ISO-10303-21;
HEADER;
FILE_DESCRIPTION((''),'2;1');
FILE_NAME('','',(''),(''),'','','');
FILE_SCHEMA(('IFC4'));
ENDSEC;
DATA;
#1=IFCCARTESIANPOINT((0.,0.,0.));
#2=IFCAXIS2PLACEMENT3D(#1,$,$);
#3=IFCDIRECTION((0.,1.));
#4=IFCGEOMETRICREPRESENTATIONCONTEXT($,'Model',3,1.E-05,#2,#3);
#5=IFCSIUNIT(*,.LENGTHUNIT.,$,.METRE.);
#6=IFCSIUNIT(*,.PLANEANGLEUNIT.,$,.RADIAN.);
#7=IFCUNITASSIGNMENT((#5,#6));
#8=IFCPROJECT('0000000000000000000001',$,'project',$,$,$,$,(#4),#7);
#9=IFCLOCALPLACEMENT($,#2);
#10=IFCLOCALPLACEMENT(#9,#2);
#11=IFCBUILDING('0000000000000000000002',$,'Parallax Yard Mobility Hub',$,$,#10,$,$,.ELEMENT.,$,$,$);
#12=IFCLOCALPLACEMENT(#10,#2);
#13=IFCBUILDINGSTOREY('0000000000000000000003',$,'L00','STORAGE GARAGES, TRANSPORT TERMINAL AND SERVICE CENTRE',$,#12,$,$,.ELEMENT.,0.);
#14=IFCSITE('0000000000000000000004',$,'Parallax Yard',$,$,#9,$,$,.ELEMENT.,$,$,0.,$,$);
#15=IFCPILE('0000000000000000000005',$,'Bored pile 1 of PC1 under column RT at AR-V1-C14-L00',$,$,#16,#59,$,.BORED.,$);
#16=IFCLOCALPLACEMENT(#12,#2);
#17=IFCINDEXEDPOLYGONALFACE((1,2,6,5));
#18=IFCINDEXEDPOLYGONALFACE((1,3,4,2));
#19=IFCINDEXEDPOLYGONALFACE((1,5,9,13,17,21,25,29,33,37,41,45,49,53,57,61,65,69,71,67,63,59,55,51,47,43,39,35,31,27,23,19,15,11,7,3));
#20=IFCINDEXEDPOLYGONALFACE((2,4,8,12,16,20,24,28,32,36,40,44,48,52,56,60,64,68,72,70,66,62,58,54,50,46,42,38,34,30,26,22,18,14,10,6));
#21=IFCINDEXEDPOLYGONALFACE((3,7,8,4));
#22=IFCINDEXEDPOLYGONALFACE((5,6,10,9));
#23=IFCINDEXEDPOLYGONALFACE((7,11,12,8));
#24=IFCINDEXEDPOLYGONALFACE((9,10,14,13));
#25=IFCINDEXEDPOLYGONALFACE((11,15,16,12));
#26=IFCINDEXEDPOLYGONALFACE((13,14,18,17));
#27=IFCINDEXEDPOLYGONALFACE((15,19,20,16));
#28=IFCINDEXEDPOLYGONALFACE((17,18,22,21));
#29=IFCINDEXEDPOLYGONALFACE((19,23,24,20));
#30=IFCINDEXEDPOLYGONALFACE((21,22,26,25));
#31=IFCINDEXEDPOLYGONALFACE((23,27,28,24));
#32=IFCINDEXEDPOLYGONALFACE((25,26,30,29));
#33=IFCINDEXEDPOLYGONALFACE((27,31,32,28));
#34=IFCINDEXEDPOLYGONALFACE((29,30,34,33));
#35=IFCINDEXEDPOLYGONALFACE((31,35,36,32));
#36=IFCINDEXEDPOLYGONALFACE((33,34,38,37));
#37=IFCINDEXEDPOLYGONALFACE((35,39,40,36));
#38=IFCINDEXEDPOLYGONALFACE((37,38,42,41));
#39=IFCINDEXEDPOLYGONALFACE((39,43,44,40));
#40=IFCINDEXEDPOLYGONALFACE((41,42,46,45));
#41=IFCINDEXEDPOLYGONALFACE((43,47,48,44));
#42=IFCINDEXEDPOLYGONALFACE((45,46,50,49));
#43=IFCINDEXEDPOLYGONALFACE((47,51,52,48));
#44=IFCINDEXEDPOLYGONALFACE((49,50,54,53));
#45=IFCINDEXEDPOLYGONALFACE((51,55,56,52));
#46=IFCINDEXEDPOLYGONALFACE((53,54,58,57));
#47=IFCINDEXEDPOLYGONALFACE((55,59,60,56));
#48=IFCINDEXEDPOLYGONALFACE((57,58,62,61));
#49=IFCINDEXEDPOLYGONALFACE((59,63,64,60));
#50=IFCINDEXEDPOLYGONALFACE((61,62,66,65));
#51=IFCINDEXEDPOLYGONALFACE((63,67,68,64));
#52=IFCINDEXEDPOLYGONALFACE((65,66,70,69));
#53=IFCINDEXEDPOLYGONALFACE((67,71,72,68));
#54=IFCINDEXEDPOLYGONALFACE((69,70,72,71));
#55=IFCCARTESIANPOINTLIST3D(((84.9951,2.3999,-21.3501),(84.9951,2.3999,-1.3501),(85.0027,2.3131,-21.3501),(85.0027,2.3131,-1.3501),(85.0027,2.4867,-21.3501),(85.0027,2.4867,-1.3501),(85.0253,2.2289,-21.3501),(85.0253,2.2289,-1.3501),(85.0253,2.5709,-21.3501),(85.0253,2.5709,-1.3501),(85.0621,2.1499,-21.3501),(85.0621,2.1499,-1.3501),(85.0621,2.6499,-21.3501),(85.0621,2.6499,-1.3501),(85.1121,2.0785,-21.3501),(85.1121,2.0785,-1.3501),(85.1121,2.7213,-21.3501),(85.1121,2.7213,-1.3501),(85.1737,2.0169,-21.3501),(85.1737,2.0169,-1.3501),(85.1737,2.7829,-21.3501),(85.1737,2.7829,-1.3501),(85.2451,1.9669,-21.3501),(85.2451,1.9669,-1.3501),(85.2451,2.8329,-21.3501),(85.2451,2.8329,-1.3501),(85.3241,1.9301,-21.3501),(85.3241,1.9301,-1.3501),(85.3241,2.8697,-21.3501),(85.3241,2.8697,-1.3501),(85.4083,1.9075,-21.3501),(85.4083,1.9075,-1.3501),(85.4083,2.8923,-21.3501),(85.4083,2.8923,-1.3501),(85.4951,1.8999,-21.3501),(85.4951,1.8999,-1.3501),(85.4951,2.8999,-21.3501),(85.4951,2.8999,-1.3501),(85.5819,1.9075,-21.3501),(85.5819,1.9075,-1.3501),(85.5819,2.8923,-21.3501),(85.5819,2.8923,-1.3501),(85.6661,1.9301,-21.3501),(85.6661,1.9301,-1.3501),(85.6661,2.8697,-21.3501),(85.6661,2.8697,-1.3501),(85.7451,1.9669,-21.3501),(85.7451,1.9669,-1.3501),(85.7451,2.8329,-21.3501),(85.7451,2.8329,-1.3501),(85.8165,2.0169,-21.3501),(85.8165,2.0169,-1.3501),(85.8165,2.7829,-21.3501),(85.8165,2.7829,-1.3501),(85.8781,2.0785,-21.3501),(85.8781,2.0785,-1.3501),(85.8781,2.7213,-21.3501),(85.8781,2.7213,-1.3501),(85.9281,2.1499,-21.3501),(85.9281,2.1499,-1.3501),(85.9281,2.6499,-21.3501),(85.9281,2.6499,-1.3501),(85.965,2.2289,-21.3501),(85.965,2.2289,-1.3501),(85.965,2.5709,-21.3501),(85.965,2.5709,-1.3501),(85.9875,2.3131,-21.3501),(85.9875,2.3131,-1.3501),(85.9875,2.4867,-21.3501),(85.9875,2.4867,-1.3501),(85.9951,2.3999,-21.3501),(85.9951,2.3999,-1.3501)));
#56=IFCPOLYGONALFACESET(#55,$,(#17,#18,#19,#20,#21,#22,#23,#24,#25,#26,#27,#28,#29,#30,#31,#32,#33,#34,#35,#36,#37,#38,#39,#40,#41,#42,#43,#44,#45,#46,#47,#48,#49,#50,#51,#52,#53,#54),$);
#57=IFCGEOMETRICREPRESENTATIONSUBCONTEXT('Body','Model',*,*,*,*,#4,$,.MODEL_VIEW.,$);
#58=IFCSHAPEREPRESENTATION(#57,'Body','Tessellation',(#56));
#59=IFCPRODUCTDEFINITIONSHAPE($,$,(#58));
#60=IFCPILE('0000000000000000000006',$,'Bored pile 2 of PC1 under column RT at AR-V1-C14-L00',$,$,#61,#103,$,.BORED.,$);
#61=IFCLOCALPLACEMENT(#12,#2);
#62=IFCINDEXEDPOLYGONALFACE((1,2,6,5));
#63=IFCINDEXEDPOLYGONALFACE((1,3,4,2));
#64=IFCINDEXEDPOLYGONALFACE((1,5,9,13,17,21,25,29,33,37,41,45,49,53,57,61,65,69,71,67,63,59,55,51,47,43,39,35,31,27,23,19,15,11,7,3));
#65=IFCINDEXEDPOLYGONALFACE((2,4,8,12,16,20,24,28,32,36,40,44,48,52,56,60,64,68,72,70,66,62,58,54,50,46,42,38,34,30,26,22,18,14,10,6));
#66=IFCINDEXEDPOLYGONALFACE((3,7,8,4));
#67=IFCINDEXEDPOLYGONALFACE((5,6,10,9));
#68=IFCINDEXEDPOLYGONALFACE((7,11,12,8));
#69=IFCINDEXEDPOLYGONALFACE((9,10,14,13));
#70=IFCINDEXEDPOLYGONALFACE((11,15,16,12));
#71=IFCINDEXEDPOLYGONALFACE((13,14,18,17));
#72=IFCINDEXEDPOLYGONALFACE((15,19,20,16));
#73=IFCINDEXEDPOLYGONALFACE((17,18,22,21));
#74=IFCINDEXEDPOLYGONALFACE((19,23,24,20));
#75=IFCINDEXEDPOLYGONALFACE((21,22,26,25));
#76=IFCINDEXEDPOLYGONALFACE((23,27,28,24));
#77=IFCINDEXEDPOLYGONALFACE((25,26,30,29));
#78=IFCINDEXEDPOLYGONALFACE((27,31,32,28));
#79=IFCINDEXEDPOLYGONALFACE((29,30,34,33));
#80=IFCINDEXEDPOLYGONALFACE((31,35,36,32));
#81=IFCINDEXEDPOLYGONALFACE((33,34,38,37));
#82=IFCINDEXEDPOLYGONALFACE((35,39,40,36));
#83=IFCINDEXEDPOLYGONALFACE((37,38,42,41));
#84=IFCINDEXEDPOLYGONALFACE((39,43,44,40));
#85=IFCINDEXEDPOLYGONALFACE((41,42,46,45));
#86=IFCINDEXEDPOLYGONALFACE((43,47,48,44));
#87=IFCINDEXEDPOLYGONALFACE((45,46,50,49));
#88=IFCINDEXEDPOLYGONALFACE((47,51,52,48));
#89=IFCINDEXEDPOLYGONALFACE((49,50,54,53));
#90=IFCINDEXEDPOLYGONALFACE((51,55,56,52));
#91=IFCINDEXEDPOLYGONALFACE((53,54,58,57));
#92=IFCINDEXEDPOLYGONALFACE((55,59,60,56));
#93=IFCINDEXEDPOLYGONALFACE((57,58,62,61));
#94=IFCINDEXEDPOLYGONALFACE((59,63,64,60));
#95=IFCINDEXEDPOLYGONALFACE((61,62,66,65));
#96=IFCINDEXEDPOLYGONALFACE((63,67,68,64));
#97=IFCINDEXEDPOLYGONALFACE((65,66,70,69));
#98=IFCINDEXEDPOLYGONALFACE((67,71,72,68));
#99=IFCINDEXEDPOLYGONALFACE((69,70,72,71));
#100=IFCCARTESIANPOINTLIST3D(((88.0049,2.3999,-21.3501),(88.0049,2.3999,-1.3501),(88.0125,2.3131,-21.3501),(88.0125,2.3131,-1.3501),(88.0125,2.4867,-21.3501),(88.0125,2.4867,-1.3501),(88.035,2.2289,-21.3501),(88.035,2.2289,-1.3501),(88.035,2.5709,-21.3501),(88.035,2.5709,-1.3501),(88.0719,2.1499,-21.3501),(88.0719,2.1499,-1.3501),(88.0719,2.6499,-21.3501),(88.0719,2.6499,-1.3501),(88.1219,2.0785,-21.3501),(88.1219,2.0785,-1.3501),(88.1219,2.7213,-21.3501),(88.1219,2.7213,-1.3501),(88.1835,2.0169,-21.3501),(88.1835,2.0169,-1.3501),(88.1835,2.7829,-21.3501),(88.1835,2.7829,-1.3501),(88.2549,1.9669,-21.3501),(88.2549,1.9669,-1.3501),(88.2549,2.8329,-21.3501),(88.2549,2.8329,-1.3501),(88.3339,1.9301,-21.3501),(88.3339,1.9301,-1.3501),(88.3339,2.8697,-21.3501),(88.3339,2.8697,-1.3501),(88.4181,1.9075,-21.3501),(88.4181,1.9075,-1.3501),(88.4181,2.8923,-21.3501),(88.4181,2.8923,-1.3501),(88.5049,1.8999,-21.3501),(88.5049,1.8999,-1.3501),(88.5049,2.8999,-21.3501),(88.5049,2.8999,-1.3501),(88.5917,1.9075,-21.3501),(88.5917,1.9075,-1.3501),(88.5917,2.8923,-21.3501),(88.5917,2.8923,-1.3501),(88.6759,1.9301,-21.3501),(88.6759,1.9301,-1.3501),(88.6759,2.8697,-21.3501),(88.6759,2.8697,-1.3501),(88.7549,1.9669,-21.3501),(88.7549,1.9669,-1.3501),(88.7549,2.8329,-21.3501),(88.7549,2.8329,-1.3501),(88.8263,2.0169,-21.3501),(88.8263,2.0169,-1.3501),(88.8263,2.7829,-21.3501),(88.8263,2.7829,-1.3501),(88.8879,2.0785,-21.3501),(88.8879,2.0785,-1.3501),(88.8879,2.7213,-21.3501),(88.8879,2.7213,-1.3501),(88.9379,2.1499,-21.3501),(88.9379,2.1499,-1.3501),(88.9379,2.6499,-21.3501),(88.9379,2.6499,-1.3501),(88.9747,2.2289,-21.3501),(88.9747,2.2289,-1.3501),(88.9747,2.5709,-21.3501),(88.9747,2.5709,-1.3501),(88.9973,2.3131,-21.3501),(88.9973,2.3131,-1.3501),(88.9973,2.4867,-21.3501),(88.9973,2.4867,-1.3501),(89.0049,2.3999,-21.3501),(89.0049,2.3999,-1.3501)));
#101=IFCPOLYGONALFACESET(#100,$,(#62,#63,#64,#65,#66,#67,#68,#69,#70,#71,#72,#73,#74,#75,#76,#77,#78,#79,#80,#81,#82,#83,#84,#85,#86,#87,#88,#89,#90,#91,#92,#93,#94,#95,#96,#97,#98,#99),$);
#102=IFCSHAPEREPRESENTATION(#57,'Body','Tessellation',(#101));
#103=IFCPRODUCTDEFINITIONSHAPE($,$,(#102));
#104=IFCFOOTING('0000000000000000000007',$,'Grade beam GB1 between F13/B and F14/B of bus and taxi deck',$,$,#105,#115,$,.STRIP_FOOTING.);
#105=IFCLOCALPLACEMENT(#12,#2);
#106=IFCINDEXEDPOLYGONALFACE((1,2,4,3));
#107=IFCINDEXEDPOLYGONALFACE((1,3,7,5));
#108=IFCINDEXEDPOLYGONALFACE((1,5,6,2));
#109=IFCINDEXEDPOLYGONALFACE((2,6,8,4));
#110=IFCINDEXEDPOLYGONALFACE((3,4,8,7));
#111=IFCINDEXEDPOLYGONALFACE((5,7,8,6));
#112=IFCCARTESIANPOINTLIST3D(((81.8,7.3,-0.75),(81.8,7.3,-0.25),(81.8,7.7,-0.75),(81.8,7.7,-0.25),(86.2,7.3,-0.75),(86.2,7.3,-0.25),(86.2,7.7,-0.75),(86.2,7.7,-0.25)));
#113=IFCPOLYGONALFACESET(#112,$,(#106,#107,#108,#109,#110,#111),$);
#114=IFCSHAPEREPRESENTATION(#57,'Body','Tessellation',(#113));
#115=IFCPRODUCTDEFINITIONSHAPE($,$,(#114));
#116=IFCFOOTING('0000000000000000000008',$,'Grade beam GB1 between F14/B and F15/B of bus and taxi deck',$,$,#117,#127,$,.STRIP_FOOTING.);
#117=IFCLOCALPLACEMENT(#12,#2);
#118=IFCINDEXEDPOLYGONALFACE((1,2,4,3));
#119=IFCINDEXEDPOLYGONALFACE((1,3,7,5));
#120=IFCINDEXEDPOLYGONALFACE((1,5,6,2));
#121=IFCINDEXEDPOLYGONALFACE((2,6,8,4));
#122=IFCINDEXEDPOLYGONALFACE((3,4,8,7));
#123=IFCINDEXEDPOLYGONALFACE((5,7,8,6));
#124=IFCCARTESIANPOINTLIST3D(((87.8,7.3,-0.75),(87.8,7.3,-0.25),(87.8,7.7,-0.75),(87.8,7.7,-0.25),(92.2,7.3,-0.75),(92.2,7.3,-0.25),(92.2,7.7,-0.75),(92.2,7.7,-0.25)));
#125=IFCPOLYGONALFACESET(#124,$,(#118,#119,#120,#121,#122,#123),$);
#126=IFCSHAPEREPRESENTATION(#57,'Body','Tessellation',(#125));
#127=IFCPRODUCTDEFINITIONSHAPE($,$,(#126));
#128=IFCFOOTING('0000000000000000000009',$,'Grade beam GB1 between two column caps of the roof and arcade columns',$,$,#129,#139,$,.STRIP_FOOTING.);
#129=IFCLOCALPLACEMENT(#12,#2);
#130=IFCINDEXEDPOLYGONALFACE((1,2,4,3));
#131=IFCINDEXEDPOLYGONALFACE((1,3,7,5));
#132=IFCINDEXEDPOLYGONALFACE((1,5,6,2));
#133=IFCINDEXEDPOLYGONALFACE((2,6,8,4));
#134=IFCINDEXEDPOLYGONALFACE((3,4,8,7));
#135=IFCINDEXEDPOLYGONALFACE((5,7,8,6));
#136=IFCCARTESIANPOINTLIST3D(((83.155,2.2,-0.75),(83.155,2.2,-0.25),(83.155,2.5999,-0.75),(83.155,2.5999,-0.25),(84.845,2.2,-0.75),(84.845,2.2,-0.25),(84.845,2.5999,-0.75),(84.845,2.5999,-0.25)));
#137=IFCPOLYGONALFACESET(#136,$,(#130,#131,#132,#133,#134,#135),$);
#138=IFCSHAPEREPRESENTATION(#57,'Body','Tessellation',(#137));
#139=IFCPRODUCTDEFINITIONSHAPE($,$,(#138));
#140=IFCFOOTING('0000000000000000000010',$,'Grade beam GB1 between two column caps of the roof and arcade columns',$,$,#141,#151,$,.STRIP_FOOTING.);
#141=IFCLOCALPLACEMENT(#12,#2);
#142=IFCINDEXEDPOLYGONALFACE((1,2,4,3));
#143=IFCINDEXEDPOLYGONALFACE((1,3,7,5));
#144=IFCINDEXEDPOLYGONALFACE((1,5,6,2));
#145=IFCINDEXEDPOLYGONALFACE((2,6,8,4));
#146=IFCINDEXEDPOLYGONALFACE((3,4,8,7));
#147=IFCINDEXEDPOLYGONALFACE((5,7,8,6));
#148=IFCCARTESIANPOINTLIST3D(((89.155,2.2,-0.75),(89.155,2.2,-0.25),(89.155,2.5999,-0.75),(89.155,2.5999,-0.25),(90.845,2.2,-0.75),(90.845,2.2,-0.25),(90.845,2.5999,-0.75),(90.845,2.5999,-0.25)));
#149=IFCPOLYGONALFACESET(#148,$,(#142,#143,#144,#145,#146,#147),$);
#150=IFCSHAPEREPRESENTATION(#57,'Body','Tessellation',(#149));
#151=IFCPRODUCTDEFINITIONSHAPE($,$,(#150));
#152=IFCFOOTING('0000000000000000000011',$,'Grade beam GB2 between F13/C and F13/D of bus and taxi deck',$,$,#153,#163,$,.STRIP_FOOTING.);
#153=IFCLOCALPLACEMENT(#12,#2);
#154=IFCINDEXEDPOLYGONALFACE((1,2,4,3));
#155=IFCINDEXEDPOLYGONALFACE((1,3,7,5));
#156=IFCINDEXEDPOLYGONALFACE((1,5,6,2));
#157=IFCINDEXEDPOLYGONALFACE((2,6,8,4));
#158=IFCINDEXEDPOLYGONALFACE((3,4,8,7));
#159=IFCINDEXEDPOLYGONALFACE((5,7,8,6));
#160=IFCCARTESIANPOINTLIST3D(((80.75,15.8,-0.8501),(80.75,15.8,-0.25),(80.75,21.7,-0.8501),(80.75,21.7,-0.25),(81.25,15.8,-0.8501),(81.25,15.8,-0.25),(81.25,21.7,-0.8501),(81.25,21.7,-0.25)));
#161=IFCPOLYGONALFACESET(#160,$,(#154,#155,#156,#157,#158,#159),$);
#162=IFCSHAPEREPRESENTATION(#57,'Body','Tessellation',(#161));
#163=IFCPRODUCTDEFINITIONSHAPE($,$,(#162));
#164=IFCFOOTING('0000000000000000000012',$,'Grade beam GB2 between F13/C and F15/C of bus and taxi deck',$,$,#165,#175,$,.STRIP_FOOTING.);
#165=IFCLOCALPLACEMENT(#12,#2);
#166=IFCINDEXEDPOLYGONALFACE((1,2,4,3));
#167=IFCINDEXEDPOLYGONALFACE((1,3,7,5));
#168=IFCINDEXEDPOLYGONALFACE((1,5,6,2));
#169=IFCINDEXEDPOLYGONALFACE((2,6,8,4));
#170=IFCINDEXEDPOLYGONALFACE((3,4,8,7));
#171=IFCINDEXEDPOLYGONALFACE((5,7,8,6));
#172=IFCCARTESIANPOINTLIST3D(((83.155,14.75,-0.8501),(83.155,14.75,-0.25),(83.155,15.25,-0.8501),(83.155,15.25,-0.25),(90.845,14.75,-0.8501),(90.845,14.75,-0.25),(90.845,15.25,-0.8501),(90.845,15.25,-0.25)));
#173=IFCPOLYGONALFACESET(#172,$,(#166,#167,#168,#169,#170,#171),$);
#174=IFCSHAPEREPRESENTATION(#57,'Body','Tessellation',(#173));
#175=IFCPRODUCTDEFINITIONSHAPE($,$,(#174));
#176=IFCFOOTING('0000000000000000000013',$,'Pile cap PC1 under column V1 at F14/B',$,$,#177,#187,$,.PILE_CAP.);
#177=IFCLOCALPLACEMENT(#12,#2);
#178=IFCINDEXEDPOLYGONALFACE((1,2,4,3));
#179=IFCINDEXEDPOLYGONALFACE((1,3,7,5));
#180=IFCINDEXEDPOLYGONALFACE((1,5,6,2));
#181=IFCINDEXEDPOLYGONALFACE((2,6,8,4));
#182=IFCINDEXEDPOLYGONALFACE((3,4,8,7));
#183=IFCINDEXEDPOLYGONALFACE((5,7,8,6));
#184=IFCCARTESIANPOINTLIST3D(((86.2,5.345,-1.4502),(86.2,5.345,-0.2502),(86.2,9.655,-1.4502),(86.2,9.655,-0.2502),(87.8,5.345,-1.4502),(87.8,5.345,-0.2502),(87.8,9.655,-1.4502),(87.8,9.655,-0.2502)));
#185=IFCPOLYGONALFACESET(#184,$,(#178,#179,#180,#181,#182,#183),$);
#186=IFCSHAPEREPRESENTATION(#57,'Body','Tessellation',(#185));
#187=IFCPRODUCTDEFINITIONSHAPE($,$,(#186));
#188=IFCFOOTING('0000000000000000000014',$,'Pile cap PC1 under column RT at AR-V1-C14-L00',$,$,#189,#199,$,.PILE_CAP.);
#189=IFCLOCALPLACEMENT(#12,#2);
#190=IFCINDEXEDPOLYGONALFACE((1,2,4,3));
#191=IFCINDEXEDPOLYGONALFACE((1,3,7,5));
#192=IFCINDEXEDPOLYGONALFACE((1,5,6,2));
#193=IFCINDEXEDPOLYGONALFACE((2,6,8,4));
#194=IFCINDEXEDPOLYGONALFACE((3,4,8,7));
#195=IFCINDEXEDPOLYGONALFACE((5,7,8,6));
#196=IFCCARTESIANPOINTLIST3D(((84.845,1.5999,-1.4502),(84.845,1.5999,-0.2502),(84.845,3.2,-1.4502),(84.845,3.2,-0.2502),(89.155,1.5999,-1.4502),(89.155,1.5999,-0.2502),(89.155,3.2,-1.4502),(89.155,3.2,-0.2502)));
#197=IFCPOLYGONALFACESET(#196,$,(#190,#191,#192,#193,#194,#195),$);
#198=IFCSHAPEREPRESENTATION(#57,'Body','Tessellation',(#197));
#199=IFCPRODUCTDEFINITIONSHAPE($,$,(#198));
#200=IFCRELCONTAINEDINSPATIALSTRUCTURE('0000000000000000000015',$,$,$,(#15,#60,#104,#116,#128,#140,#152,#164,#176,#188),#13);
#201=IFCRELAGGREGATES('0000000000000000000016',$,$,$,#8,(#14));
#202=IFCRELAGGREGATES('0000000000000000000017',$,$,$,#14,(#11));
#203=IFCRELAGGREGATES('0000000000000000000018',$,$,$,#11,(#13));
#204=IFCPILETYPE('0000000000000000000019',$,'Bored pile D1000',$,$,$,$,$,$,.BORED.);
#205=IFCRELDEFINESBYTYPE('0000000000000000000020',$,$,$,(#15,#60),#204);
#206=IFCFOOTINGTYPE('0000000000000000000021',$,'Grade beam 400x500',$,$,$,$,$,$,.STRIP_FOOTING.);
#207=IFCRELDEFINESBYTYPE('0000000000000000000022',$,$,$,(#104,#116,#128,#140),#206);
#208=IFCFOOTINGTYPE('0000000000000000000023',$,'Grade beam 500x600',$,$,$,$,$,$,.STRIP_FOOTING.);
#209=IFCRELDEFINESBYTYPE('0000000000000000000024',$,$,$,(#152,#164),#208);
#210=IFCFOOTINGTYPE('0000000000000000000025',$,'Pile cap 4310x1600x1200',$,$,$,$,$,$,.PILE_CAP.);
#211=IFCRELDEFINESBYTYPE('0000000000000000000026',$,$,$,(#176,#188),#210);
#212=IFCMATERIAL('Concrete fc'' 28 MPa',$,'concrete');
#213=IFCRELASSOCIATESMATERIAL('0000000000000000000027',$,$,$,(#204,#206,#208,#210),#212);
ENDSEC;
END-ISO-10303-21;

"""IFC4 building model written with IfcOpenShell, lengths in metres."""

from ifc_helpers import new_model, si_unit, direction, frame, origin, origin_2d, place, context, subcontext, project, spatial, rectangle, circle, extrude, material, material_profile, profile_set, type_object, element, save


model = new_model("IFC4")

# Units and contexts
model_context = context("Model", 3, precision=1e-05, world=origin(), true_north=direction((0.0, 1.0)))
body_context = subcontext(model_context, "Body", "Model", "MODEL_VIEW")
ifc_project = project(units=[si_unit("LENGTHUNIT", "METRE"), si_unit("PLANEANGLEUNIT", "RADIAN")], contexts=[model_context])

# Site, building, storey
site_placement = place(None, origin())
site = spatial("IfcSite", under=ifc_project, at=site_placement, Name="Parallax Yard", CompositionType="ELEMENT", RefElevation=0.0)
building_placement = place(site_placement, origin())
building = spatial("IfcBuilding", under=site, at=building_placement, Name="Parallax Yard Mobility Hub", CompositionType="ELEMENT")
storey_placement = place(building_placement, origin())
storey = spatial("IfcBuildingStorey", under=building, at=storey_placement, Name="L00", Description="STORAGE GARAGES, TRANSPORT TERMINAL AND SERVICE CENTRE", CompositionType="ELEMENT", Elevation=0.0)

# Piles
ifc_material_1 = material(Name="Concrete fc' 28 MPa", Category="concrete")
ifc_material_profile_1 = material_profile(ifc_material_1, circle(Radius=0.5, at=origin_2d()), Name="Bored pile D1000")
ifc_profile_set_1 = profile_set([ifc_material_profile_1], Name="Concrete fc' 28 MPa")
pile_type = type_object("IfcPileType", Name="Bored pile D1000", PredefinedType="BORED", material=ifc_profile_set_1)
for number, where, z_axis, x_axis, name in (
    (1, (85.4951, 2.3999, -1.3501), (0.0, 0.0, -1.0), (1.0, 0.0, 0.0), "Bored pile 1 of PC1 under column RT at AR-V1-C14-L00"),
    (2, (88.5049, 2.3999, -1.3501), (0.0, 0.0, -1.0), (1.0, 0.0, 0.0), "Bored pile 2 of PC1 under column RT at AR-V1-C14-L00"),
):
    element("IfcPile", number, at=place(storey_placement, frame(where, z_axis=z_axis, x_axis=x_axis)), inside=storey, type_object=pile_type, Name=name, PredefinedType="BORED", context=body_context, shape_type="SweptSolid", body=[
        extrude(circle(Radius=0.5, at=origin_2d()), origin(), (0.0, 0.0, 1.0), 20.0),
    ])

# Footings
ifc_material_profile_2 = material_profile(ifc_material_1, rectangle(XDim=0.3999, YDim=0.5, at=origin_2d()), Name="Grade beam 400x500")
ifc_profile_set_2 = profile_set([ifc_material_profile_2], Name="Concrete fc' 28 MPa")
footing_type_1 = type_object("IfcFootingType", Name="Grade beam 400x500", PredefinedType="STRIP_FOOTING", material=ifc_profile_set_2)
for number, where, z_axis, x_axis, name in (
    (3, (81.8, 7.5, -0.5), (1.0, 0.0, 0.0), (0.0, 1.0, 0.0), "Grade beam GB1 between F13/B and F14/B of bus and taxi deck"),
    (4, (87.8, 7.5, -0.5), (1.0, 0.0, 0.0), (0.0, 1.0, 0.0), "Grade beam GB1 between F14/B and F15/B of bus and taxi deck"),
):
    element("IfcFooting", number, at=place(storey_placement, frame(where, z_axis=z_axis, x_axis=x_axis)), inside=storey, type_object=footing_type_1, Name=name, PredefinedType="STRIP_FOOTING", context=body_context, shape_type="SweptSolid", body=[
        extrude(rectangle(XDim=0.3999, YDim=0.5, at=origin_2d()), origin(), (0.0, 0.0, 1.0), 4.3999),
    ])
for number, where, z_axis, x_axis, name in (
    (5, (83.155, 2.3999, -0.5), (1.0, 0.0, 0.0), (0.0, 1.0, 0.0), "Grade beam GB1 between two column caps of the roof and arcade columns"),
    (6, (89.155, 2.3999, -0.5), (1.0, 0.0, 0.0), (0.0, 1.0, 0.0), "Grade beam GB1 between two column caps of the roof and arcade columns"),
):
    element("IfcFooting", number, at=place(storey_placement, frame(where, z_axis=z_axis, x_axis=x_axis)), inside=storey, type_object=footing_type_1, Name=name, PredefinedType="STRIP_FOOTING", context=body_context, shape_type="SweptSolid", body=[
        extrude(rectangle(XDim=0.3999, YDim=0.5, at=origin_2d()), origin(), (0.0, 0.0, 1.0), 1.6899),
    ])
ifc_material_profile_3 = material_profile(ifc_material_1, rectangle(XDim=0.5, YDim=0.6001, at=origin_2d()), Name="Grade beam 500x600")
ifc_profile_set_3 = profile_set([ifc_material_profile_3], Name="Concrete fc' 28 MPa")
footing_type_2 = type_object("IfcFootingType", Name="Grade beam 500x600", PredefinedType="STRIP_FOOTING", material=ifc_profile_set_3)
footing_1_placement = place(storey_placement, frame((81.0, 15.8, -0.55), z_axis=(0.0, 1.0, 0.0), x_axis=(-1.0, 0.0, 0.0)))
element("IfcFooting", 7, at=footing_1_placement, inside=storey, type_object=footing_type_2, Name="Grade beam GB2 between F13/C and F13/D of bus and taxi deck", PredefinedType="STRIP_FOOTING", context=body_context, shape_type="SweptSolid", body=[
    extrude(rectangle(XDim=0.5, YDim=0.6001, at=origin_2d()), origin(), (0.0, 0.0, 1.0), 5.8999),
])
footing_2_placement = place(storey_placement, frame((83.155, 15.0, -0.55), z_axis=(1.0, 0.0, 0.0), x_axis=(0.0, 1.0, 0.0)))
element("IfcFooting", 8, at=footing_2_placement, inside=storey, type_object=footing_type_2, Name="Grade beam GB2 between F13/C and F15/C of bus and taxi deck", PredefinedType="STRIP_FOOTING", context=body_context, shape_type="SweptSolid", body=[
    extrude(rectangle(XDim=0.5, YDim=0.6001, at=origin_2d()), origin(), (0.0, 0.0, 1.0), 7.6899),
])
footing_type_3 = type_object("IfcFootingType", Name="Pile cap 4310x1600x1200", PredefinedType="PILE_CAP", material=ifc_material_1)
for number, where, z_axis, x_axis, name in (
    (9, (87.0, 7.5, -1.4502), (0.0, 0.0, 1.0), (0.0, 1.0, 0.0), "Pile cap PC1 under column V1 at F14/B"),
    (10, (87.0, 2.3999, -1.4502), (0.0, 0.0, 1.0), (1.0, 0.0, 0.0), "Pile cap PC1 under column RT at AR-V1-C14-L00"),
):
    element("IfcFooting", number, at=place(storey_placement, frame(where, z_axis=z_axis, x_axis=x_axis)), inside=storey, type_object=footing_type_3, Name=name, PredefinedType="PILE_CAP", context=body_context, shape_type="SweptSolid", body=[
        extrude(rectangle(XDim=4.3101, YDim=1.6001, at=origin_2d()), origin(), (0.0, 0.0, 1.0), 1.2),
    ])

save(model, "model.ifc")
